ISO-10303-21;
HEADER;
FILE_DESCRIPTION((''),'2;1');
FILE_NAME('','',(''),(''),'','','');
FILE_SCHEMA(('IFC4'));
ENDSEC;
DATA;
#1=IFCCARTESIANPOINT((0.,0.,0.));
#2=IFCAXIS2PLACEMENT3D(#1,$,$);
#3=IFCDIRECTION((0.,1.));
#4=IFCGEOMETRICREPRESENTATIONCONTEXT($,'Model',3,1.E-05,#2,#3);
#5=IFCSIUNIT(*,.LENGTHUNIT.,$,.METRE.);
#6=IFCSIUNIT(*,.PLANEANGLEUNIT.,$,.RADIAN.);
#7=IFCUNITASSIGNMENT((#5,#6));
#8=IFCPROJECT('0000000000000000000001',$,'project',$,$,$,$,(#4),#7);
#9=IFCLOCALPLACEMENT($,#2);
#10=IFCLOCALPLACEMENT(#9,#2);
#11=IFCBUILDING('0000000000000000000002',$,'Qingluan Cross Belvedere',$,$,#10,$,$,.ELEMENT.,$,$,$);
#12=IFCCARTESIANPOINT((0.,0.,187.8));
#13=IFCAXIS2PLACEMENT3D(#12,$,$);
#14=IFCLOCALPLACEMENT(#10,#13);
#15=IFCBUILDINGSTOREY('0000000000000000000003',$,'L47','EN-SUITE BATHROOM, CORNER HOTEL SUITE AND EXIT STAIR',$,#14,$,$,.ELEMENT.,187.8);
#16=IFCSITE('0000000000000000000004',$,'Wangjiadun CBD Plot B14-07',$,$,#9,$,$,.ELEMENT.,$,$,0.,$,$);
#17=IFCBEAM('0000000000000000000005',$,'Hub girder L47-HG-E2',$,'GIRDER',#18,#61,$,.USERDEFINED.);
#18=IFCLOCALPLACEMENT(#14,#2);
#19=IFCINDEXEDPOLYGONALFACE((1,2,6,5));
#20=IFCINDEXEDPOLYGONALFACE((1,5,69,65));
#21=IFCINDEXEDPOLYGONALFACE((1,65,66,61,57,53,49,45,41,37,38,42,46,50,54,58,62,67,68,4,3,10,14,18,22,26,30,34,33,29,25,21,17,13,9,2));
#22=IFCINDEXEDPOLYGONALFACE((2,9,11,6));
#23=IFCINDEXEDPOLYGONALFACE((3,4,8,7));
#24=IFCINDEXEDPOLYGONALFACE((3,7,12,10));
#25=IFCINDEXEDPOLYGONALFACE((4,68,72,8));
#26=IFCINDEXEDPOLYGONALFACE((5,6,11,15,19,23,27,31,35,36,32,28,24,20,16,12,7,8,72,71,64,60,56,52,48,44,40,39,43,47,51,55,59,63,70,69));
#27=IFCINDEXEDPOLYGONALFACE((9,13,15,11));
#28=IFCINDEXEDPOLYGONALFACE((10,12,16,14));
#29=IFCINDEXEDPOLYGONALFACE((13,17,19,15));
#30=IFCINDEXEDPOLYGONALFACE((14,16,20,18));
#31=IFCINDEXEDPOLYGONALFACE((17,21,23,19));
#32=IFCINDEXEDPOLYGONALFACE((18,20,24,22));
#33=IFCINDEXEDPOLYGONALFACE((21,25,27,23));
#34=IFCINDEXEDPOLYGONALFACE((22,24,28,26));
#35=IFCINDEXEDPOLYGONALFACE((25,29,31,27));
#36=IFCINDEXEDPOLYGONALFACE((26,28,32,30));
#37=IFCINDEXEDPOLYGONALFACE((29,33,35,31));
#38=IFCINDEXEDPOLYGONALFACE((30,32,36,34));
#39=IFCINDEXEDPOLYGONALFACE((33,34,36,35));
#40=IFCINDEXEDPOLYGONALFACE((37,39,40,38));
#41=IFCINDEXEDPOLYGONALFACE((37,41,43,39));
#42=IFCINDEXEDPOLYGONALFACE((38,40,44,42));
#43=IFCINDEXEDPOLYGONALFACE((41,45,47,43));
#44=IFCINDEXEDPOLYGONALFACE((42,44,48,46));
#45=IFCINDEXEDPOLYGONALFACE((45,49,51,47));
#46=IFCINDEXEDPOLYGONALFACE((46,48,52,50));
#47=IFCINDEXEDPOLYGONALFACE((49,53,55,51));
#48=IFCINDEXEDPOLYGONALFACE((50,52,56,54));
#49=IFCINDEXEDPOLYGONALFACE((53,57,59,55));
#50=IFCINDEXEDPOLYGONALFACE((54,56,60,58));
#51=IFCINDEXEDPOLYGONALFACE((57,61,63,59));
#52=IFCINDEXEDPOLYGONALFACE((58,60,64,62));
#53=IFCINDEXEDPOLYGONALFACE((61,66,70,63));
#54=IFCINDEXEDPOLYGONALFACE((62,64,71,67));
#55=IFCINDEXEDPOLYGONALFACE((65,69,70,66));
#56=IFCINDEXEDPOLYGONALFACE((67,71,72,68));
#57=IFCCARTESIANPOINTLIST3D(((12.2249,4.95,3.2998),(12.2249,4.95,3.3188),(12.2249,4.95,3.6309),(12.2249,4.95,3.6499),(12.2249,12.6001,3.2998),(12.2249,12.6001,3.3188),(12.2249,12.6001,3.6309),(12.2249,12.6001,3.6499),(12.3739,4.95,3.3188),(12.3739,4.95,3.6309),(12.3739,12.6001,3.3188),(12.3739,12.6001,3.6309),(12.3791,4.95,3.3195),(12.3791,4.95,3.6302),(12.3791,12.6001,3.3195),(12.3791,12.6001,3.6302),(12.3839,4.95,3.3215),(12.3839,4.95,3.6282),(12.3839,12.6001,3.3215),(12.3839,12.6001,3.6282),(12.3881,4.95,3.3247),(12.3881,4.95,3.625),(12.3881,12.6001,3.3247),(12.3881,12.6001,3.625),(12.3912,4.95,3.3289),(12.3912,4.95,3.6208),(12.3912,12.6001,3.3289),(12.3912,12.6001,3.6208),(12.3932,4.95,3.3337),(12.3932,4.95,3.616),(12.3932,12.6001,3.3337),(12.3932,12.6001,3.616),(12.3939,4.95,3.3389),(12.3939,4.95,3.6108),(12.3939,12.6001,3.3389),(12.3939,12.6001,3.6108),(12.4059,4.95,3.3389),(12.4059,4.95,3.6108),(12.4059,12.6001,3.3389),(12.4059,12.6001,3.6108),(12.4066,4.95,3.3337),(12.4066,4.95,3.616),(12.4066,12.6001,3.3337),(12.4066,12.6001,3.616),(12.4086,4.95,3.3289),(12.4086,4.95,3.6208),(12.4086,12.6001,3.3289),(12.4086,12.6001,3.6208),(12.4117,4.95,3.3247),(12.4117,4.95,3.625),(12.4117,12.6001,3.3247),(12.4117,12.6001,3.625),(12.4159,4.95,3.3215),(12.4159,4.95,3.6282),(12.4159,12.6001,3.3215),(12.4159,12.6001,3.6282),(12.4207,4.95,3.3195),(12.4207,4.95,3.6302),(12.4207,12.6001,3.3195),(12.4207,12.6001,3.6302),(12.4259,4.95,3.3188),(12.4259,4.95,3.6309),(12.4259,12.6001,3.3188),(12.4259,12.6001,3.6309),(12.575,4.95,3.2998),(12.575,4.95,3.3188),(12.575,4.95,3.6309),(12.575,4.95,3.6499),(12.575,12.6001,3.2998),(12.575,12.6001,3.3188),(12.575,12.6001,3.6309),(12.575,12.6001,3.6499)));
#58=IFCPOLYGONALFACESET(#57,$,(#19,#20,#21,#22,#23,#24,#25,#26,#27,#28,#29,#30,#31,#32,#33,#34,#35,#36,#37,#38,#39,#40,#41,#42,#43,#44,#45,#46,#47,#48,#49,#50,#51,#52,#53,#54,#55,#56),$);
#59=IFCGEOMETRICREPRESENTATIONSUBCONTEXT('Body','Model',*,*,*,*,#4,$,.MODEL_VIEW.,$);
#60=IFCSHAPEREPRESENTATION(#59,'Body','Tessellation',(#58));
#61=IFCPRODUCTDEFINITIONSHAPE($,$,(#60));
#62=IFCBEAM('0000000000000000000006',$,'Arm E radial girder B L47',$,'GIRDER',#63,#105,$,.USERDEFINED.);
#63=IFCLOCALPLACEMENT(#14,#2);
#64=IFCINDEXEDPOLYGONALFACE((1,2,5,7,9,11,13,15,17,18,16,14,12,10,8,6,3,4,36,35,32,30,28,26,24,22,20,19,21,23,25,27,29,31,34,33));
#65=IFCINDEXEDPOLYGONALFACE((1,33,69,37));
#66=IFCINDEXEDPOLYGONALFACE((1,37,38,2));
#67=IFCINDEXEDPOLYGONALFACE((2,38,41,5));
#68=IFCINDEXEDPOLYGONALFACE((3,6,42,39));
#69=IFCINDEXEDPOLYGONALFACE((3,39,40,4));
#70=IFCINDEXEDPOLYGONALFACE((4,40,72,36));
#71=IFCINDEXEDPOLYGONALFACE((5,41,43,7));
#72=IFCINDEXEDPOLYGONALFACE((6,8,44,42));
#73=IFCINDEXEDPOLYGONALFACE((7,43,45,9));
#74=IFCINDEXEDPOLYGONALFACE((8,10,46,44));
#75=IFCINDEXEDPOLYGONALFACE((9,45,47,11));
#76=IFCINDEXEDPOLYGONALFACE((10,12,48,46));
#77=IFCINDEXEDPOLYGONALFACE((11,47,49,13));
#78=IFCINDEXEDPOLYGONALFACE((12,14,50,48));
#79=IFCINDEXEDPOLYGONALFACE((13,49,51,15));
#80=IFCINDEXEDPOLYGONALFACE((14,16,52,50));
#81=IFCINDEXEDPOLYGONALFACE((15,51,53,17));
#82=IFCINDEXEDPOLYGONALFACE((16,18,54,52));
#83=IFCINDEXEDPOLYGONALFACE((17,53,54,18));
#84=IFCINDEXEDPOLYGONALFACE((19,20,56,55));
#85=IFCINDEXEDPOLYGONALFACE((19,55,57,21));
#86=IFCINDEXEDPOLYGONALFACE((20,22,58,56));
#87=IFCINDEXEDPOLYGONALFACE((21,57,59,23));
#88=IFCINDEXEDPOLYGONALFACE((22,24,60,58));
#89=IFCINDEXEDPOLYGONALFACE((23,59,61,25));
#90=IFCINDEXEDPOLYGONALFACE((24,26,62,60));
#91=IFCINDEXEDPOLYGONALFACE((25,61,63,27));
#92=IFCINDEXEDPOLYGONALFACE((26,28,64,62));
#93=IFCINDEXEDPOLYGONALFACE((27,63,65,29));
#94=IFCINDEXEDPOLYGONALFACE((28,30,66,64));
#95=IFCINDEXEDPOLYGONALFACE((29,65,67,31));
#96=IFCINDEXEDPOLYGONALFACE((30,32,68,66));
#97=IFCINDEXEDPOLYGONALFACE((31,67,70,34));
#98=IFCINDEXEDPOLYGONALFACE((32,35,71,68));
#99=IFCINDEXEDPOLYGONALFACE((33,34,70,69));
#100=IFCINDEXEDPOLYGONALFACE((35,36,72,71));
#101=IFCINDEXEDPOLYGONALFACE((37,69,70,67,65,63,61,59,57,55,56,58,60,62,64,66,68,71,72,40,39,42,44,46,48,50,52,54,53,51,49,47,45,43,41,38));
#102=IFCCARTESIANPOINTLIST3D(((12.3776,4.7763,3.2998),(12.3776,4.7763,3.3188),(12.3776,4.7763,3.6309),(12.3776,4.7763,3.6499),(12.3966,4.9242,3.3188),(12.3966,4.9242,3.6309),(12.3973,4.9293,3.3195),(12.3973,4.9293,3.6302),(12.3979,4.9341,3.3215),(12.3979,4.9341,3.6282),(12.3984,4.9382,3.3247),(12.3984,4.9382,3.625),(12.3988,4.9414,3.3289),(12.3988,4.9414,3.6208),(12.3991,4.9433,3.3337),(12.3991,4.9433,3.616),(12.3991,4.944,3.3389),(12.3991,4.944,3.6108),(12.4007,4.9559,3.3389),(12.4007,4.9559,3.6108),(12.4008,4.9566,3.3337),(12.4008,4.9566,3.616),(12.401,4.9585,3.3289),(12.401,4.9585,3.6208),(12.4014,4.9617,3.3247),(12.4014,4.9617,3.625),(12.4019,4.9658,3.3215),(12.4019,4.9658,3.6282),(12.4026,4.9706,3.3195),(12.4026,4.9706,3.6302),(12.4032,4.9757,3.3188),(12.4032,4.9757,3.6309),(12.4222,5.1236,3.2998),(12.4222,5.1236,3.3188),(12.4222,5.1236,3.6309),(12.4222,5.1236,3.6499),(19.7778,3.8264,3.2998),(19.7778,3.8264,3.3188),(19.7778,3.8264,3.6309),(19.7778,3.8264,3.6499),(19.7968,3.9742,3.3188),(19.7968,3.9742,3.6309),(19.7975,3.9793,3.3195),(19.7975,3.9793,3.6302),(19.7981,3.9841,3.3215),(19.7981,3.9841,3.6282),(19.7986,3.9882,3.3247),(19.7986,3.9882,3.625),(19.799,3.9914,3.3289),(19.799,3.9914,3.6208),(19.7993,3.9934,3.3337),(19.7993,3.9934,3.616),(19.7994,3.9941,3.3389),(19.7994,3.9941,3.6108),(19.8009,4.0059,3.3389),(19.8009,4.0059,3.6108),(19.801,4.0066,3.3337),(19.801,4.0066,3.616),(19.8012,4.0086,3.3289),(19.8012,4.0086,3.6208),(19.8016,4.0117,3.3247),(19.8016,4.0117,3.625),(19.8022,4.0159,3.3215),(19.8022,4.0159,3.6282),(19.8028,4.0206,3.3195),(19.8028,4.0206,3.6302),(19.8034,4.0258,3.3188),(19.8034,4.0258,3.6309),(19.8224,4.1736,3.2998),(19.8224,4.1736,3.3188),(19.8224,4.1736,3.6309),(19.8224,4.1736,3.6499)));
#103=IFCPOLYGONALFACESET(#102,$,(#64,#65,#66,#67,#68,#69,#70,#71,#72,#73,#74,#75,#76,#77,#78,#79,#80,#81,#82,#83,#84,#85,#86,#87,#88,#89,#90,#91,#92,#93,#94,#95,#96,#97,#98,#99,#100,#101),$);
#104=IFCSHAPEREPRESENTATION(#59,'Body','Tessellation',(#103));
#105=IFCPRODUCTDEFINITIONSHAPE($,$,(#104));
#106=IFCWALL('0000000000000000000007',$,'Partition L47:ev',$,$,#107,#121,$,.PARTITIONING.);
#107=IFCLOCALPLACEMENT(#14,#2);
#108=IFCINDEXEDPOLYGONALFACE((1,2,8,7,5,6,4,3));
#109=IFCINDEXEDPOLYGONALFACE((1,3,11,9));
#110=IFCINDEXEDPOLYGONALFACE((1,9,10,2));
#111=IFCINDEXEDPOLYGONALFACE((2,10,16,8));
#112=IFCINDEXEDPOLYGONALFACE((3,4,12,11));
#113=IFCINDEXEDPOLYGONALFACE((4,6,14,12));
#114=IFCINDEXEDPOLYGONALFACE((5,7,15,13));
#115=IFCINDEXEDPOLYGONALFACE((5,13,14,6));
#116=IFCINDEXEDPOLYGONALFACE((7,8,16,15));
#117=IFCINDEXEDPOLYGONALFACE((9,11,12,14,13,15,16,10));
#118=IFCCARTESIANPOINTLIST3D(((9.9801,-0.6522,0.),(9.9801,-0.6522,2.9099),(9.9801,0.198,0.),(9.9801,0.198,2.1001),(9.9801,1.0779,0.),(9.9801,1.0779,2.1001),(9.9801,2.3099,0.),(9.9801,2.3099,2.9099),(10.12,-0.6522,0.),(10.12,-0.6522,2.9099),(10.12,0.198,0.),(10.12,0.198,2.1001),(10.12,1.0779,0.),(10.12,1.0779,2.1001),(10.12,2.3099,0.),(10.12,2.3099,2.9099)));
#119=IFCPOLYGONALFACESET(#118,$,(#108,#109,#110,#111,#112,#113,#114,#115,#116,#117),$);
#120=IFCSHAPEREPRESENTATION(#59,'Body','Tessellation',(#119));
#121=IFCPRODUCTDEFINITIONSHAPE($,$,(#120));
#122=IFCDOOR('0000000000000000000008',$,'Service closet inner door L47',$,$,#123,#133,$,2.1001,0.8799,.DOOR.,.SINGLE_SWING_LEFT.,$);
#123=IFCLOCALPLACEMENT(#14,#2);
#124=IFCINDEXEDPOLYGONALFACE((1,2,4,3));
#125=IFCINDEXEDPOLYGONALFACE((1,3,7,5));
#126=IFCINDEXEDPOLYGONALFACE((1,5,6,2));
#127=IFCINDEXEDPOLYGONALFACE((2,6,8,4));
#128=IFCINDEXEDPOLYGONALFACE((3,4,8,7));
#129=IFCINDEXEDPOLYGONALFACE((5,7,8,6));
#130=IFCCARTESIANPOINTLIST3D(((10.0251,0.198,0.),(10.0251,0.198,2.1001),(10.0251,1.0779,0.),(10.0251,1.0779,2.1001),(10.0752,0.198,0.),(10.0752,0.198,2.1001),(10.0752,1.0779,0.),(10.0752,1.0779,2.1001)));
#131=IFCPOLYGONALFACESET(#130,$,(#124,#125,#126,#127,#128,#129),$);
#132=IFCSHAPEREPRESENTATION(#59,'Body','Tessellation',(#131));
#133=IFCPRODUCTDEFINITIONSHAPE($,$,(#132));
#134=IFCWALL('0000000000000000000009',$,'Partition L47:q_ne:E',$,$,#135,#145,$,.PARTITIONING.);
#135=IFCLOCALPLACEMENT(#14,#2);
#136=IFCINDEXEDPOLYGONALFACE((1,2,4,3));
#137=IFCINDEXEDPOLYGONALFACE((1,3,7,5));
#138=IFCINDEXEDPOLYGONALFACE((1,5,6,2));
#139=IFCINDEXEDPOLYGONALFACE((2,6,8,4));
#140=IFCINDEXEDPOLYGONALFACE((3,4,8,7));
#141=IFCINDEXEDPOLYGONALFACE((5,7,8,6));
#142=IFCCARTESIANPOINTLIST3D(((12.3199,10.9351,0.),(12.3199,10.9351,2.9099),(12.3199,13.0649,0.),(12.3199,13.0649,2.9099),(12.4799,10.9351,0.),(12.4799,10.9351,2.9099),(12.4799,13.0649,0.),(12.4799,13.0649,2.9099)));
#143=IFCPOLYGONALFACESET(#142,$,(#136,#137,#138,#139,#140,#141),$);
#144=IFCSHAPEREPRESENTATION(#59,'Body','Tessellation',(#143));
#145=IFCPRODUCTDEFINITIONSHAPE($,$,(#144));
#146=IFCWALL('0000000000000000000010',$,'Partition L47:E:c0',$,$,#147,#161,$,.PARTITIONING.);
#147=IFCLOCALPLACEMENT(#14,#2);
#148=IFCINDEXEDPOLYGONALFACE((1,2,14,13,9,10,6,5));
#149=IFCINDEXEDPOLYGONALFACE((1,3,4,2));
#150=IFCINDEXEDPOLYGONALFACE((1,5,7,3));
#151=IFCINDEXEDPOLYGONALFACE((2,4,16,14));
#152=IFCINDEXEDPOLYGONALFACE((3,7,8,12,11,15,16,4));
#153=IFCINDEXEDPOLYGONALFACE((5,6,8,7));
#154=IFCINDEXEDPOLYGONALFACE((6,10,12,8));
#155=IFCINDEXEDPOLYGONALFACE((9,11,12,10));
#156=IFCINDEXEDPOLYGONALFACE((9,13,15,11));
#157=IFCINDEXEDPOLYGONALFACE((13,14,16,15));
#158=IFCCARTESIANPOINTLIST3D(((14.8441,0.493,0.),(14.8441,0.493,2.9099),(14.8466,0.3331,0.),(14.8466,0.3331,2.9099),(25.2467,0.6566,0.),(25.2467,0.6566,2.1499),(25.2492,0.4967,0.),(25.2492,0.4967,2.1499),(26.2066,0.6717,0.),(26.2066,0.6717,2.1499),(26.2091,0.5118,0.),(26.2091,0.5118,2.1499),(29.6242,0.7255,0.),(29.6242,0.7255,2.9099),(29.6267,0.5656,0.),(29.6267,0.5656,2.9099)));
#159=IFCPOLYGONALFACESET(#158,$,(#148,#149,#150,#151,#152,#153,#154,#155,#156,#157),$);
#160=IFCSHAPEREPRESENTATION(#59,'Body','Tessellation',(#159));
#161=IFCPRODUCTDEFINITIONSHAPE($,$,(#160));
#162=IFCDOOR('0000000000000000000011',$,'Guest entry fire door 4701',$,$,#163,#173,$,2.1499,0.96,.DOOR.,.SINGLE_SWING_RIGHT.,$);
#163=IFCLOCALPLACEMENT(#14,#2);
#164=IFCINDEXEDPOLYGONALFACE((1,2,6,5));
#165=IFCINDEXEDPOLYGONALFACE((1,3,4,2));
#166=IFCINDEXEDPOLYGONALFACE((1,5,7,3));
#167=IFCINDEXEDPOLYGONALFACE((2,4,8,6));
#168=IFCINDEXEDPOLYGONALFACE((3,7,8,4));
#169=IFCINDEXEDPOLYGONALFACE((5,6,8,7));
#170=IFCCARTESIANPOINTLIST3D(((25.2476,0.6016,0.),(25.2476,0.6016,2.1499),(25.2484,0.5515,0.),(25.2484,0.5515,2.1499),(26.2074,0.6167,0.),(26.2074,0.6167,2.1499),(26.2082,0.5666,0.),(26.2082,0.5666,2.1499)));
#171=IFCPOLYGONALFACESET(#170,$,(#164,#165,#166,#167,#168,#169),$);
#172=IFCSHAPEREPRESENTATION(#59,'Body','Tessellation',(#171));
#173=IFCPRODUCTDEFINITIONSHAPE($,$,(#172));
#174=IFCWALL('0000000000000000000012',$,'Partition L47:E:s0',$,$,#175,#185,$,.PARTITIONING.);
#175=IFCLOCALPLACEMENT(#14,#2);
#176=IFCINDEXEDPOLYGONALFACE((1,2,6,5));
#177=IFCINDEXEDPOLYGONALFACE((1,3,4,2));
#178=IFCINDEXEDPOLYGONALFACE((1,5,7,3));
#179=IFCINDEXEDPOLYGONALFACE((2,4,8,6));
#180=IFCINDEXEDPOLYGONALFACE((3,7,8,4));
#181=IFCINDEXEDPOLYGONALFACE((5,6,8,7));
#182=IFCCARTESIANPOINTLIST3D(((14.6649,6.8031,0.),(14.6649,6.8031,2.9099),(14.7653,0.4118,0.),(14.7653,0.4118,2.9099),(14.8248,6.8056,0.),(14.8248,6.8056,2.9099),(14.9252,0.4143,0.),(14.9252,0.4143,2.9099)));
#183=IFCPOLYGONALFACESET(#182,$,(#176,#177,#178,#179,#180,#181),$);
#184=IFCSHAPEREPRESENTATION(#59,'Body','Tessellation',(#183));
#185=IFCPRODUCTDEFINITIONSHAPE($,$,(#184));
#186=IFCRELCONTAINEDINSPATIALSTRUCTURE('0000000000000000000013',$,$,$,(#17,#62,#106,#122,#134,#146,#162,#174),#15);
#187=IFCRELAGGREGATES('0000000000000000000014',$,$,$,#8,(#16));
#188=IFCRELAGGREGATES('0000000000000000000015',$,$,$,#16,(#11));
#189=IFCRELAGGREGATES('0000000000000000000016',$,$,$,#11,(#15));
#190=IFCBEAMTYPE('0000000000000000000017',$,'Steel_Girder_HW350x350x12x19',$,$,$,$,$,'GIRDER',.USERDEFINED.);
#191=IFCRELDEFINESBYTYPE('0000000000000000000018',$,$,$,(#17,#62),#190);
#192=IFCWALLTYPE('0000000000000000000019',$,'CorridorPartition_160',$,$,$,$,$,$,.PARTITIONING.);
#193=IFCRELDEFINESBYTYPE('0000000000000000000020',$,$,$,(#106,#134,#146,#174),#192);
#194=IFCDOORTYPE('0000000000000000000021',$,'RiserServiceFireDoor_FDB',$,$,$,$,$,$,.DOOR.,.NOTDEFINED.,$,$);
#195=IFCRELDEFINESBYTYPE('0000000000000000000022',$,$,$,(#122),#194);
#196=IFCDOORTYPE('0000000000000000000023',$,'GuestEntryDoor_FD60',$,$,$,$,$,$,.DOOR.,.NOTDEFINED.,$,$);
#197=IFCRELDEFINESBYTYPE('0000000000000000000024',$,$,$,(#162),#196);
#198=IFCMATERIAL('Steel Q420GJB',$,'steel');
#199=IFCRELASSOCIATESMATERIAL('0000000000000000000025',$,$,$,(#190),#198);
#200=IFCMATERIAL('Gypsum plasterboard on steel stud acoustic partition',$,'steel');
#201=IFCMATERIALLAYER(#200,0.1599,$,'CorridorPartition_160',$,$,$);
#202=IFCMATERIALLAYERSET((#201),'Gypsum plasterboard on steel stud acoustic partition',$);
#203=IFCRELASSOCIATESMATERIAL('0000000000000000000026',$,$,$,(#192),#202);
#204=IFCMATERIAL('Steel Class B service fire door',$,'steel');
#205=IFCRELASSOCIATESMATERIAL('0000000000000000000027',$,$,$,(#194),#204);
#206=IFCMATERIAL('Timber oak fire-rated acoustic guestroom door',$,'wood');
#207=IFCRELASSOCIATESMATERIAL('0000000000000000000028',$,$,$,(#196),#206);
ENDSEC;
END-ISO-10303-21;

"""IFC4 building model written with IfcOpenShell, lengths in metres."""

from ifc_helpers import new_model, si_unit, direction, frame, frame_2d, origin, origin_2d, place, context, subcontext, project, spatial, rectangle, i_section, extrude, material, layer, layer_set, material_profile, profile_set, type_object, element, fill, save


model = new_model("IFC4")

# Units and contexts
model_context = context("Model", 3, precision=1e-05, world=origin(), true_north=direction((0.0, 1.0)))
body_context = subcontext(model_context, "Body", "Model", "MODEL_VIEW")
ifc_project = project(units=[si_unit("LENGTHUNIT", "METRE"), si_unit("PLANEANGLEUNIT", "RADIAN")], contexts=[model_context])

# Site, building, storey
site_placement = place(None, origin())
site = spatial("IfcSite", under=ifc_project, at=site_placement, Name="Wangjiadun CBD Plot B14-07", CompositionType="ELEMENT", RefElevation=0.0)
building_placement = place(site_placement, origin())
building = spatial("IfcBuilding", under=site, at=building_placement, Name="Qingluan Cross Belvedere", CompositionType="ELEMENT")
storey_placement = place(building_placement, frame((0.0, 0.0, 187.8)))
storey = spatial("IfcBuildingStorey", under=building, at=storey_placement, Name="L47", Description="EN-SUITE BATHROOM, CORNER HOTEL SUITE AND EXIT STAIR", CompositionType="ELEMENT", Elevation=187.8)

# Beams
ifc_material_1 = material(Name="Steel Q420GJB", Category="steel")
ifc_material_profile_1 = material_profile(ifc_material_1, i_section(OverallWidth=0.3501, OverallDepth=0.3501, WebThickness=0.012, FlangeThickness=0.019, FilletRadius=0.02, at=origin_2d()), Name="HW350x350x12x19")
ifc_profile_set_1 = profile_set([ifc_material_profile_1], Name="Steel Q420GJB")
beam_type_1 = type_object("IfcBeamType", Name="Steel_Girder_HW350x350x12x19", ElementType="GIRDER", PredefinedType="USERDEFINED", material=ifc_profile_set_1)
beam_1_placement = place(storey_placement, frame((12.3999, 4.95, 3.4749), z_axis=(0.0, 1.0, 0.0), x_axis=(-1.0, 0.0, 0.0)))
element("IfcBeam", 1, at=beam_1_placement, inside=storey, type_object=beam_type_1, Name="Hub girder L47-HG-E2", ObjectType="GIRDER", PredefinedType="USERDEFINED", context=body_context, shape_type="SweptSolid", body=[
    extrude(i_section(OverallWidth=0.3501, OverallDepth=0.3501, WebThickness=0.012, FlangeThickness=0.019, FilletRadius=0.02, at=origin_2d()), origin(), (0.0, 0.0, 1.0), 7.6501),
])
beam_2_placement = place(storey_placement, frame((12.3999, 4.95, 3.4749), z_axis=(0.991861, -0.127324, 0.0), x_axis=(0.127324, 0.991861, 0.0)))
element("IfcBeam", 2, at=beam_2_placement, inside=storey, type_object=beam_type_1, Name="Arm E radial girder B L47", ObjectType="GIRDER", PredefinedType="USERDEFINED", context=body_context, shape_type="SweptSolid", body=[
    extrude(i_section(OverallWidth=0.3501, OverallDepth=0.3501, WebThickness=0.012, FlangeThickness=0.019, FilletRadius=0.02, at=origin_2d()), origin(), (0.0, 0.0, 1.0), 7.4609),
])

# Wall, opening, door
ifc_material_2 = material(Name="Gypsum plasterboard on steel stud acoustic partition", Category="steel")
ifc_layer_1 = layer(ifc_material_2, 0.1599, Name="CorridorPartition_160")
ifc_layer_set_1 = layer_set([ifc_layer_1], Name="Gypsum plasterboard on steel stud acoustic partition")
wall_type_1 = type_object("IfcWallType", Name="CorridorPartition_160", PredefinedType="PARTITIONING", material=ifc_layer_set_1)
wall_1_placement = place(storey_placement, frame((10.05, -0.6521, 0.0), z_axis=(0.0, 0.0, 1.0), x_axis=(0.0, 1.0, 0.0)))
wall_1 = element("IfcWall", 3, at=wall_1_placement, inside=storey, type_object=wall_type_1, Name="Partition L47:ev", PredefinedType="PARTITIONING", context=body_context, shape_type="SweptSolid", body=[
    extrude(rectangle(XDim=2.9622, YDim=0.1399, at=frame_2d((1.481, 0.0))), origin(), (0.0, 0.0, 1.0), 2.9099),
])
opening_1_placement = place(wall_1_placement, frame((0.8501, 0.0, 0.0)))
opening_1 = element("IfcOpeningElement", 4, at=opening_1_placement, cuts=wall_1, PredefinedType="OPENING", context=body_context, shape_type="SweptSolid", body=[
    extrude(rectangle(XDim=0.8799, YDim=2.1001, at=frame_2d((0.4399, 1.05))), frame((0.0, 0.0798, 0.0), z_axis=(0.0, -1.0, 0.0), x_axis=(1.0, 0.0, 0.0)), (0.0, 0.0, 1.0), 0.1599),
])
ifc_material_3 = material(Name="Steel Class B service fire door", Category="steel")
door_type_1 = type_object("IfcDoorType", Name="RiserServiceFireDoor_FDB", OperationType="NOTDEFINED", PredefinedType="DOOR", material=ifc_material_3)
door_1_placement = place(opening_1_placement, origin())
door_1 = element("IfcDoor", 5, at=door_1_placement, inside=storey, type_object=door_type_1, Name="Service closet inner door L47", OperationType="SINGLE_SWING_LEFT", OverallHeight=2.1001, OverallWidth=0.8799, PredefinedType="DOOR", context=body_context, shape_type="SweptSolid", body=[
    extrude(rectangle(XDim=0.8799, YDim=2.1001, at=frame_2d((0.4399, 1.05))), frame((0.0, 0.0249, 0.0), z_axis=(0.0, -1.0, 0.0), x_axis=(1.0, 0.0, 0.0)), (0.0, 0.0, 1.0), 0.05),
])
fill(opening_1, door_1)

# Wall
wall_2_placement = place(storey_placement, frame((12.3999, 10.9351, 0.0), z_axis=(0.0, 0.0, 1.0), x_axis=(0.0, 1.0, 0.0)))
element("IfcWall", 6, at=wall_2_placement, inside=storey, type_object=wall_type_1, Name="Partition L47:q_ne:E", PredefinedType="PARTITIONING", context=body_context, shape_type="SweptSolid", body=[
    extrude(rectangle(XDim=2.1299, YDim=0.1599, at=frame_2d((1.0649, 0.0))), origin(), (0.0, 0.0, 1.0), 2.9099),
])

# Wall, opening, door
wall_3_placement = place(storey_placement, frame((14.8452, 0.4131, 0.0), z_axis=(0.0, 0.0, 1.0), x_axis=(0.999876, 0.015723, 0.0)))
wall_3 = element("IfcWall", 7, at=wall_3_placement, inside=storey, type_object=wall_type_1, Name="Partition L47:E:c0", PredefinedType="PARTITIONING", context=body_context, shape_type="SweptSolid", body=[
    extrude(rectangle(XDim=14.782, YDim=0.1599, at=frame_2d((7.3911, 0.0))), origin(), (0.0, 0.0, 1.0), 2.9099),
])
opening_2_placement = place(wall_3_placement, frame((10.4041, 0.0, 0.0)))
opening_2 = element("IfcOpeningElement", 8, at=opening_2_placement, cuts=wall_3, PredefinedType="OPENING", context=body_context, shape_type="SweptSolid", body=[
    extrude(rectangle(XDim=0.96, YDim=2.1499, at=frame_2d((0.48, 1.075))), frame((0.0, 0.0898, 0.0), z_axis=(0.0, -1.0, 0.0), x_axis=(1.0, 0.0, 0.0)), (0.0, 0.0, 1.0), 0.1799),
])
ifc_material_4 = material(Name="Timber oak fire-rated acoustic guestroom door", Category="wood")
door_type_2 = type_object("IfcDoorType", Name="GuestEntryDoor_FD60", OperationType="NOTDEFINED", PredefinedType="DOOR", material=ifc_material_4)
door_2_placement = place(opening_2_placement, origin())
door_2 = element("IfcDoor", 9, at=door_2_placement, inside=storey, type_object=door_type_2, Name="Guest entry fire door 4701", OperationType="SINGLE_SWING_RIGHT", OverallHeight=2.1499, OverallWidth=0.96, PredefinedType="DOOR", context=body_context, shape_type="SweptSolid", body=[
    extrude(rectangle(XDim=0.96, YDim=2.1499, at=frame_2d((0.48, 1.075))), frame((0.0, 0.0249, 0.0), z_axis=(0.0, -1.0, 0.0), x_axis=(1.0, 0.0, 0.0)), (0.0, 0.0, 1.0), 0.05),
])
fill(opening_2, door_2)

# Wall
wall_4_placement = place(storey_placement, frame((14.8452, 0.4131, 0.0), z_axis=(0.0, 0.0, 1.0), x_axis=(-0.015698, 0.999877, 0.0)))
element("IfcWall", 10, at=wall_4_placement, inside=storey, type_object=wall_type_1, Name="Partition L47:E:s0", PredefinedType="PARTITIONING", context=body_context, shape_type="SweptSolid", body=[
    extrude(rectangle(XDim=6.3921, YDim=0.1599, at=frame_2d((3.196, 0.0))), origin(), (0.0, 0.0, 1.0), 2.9099),
])

save(model, "model.ifc")
